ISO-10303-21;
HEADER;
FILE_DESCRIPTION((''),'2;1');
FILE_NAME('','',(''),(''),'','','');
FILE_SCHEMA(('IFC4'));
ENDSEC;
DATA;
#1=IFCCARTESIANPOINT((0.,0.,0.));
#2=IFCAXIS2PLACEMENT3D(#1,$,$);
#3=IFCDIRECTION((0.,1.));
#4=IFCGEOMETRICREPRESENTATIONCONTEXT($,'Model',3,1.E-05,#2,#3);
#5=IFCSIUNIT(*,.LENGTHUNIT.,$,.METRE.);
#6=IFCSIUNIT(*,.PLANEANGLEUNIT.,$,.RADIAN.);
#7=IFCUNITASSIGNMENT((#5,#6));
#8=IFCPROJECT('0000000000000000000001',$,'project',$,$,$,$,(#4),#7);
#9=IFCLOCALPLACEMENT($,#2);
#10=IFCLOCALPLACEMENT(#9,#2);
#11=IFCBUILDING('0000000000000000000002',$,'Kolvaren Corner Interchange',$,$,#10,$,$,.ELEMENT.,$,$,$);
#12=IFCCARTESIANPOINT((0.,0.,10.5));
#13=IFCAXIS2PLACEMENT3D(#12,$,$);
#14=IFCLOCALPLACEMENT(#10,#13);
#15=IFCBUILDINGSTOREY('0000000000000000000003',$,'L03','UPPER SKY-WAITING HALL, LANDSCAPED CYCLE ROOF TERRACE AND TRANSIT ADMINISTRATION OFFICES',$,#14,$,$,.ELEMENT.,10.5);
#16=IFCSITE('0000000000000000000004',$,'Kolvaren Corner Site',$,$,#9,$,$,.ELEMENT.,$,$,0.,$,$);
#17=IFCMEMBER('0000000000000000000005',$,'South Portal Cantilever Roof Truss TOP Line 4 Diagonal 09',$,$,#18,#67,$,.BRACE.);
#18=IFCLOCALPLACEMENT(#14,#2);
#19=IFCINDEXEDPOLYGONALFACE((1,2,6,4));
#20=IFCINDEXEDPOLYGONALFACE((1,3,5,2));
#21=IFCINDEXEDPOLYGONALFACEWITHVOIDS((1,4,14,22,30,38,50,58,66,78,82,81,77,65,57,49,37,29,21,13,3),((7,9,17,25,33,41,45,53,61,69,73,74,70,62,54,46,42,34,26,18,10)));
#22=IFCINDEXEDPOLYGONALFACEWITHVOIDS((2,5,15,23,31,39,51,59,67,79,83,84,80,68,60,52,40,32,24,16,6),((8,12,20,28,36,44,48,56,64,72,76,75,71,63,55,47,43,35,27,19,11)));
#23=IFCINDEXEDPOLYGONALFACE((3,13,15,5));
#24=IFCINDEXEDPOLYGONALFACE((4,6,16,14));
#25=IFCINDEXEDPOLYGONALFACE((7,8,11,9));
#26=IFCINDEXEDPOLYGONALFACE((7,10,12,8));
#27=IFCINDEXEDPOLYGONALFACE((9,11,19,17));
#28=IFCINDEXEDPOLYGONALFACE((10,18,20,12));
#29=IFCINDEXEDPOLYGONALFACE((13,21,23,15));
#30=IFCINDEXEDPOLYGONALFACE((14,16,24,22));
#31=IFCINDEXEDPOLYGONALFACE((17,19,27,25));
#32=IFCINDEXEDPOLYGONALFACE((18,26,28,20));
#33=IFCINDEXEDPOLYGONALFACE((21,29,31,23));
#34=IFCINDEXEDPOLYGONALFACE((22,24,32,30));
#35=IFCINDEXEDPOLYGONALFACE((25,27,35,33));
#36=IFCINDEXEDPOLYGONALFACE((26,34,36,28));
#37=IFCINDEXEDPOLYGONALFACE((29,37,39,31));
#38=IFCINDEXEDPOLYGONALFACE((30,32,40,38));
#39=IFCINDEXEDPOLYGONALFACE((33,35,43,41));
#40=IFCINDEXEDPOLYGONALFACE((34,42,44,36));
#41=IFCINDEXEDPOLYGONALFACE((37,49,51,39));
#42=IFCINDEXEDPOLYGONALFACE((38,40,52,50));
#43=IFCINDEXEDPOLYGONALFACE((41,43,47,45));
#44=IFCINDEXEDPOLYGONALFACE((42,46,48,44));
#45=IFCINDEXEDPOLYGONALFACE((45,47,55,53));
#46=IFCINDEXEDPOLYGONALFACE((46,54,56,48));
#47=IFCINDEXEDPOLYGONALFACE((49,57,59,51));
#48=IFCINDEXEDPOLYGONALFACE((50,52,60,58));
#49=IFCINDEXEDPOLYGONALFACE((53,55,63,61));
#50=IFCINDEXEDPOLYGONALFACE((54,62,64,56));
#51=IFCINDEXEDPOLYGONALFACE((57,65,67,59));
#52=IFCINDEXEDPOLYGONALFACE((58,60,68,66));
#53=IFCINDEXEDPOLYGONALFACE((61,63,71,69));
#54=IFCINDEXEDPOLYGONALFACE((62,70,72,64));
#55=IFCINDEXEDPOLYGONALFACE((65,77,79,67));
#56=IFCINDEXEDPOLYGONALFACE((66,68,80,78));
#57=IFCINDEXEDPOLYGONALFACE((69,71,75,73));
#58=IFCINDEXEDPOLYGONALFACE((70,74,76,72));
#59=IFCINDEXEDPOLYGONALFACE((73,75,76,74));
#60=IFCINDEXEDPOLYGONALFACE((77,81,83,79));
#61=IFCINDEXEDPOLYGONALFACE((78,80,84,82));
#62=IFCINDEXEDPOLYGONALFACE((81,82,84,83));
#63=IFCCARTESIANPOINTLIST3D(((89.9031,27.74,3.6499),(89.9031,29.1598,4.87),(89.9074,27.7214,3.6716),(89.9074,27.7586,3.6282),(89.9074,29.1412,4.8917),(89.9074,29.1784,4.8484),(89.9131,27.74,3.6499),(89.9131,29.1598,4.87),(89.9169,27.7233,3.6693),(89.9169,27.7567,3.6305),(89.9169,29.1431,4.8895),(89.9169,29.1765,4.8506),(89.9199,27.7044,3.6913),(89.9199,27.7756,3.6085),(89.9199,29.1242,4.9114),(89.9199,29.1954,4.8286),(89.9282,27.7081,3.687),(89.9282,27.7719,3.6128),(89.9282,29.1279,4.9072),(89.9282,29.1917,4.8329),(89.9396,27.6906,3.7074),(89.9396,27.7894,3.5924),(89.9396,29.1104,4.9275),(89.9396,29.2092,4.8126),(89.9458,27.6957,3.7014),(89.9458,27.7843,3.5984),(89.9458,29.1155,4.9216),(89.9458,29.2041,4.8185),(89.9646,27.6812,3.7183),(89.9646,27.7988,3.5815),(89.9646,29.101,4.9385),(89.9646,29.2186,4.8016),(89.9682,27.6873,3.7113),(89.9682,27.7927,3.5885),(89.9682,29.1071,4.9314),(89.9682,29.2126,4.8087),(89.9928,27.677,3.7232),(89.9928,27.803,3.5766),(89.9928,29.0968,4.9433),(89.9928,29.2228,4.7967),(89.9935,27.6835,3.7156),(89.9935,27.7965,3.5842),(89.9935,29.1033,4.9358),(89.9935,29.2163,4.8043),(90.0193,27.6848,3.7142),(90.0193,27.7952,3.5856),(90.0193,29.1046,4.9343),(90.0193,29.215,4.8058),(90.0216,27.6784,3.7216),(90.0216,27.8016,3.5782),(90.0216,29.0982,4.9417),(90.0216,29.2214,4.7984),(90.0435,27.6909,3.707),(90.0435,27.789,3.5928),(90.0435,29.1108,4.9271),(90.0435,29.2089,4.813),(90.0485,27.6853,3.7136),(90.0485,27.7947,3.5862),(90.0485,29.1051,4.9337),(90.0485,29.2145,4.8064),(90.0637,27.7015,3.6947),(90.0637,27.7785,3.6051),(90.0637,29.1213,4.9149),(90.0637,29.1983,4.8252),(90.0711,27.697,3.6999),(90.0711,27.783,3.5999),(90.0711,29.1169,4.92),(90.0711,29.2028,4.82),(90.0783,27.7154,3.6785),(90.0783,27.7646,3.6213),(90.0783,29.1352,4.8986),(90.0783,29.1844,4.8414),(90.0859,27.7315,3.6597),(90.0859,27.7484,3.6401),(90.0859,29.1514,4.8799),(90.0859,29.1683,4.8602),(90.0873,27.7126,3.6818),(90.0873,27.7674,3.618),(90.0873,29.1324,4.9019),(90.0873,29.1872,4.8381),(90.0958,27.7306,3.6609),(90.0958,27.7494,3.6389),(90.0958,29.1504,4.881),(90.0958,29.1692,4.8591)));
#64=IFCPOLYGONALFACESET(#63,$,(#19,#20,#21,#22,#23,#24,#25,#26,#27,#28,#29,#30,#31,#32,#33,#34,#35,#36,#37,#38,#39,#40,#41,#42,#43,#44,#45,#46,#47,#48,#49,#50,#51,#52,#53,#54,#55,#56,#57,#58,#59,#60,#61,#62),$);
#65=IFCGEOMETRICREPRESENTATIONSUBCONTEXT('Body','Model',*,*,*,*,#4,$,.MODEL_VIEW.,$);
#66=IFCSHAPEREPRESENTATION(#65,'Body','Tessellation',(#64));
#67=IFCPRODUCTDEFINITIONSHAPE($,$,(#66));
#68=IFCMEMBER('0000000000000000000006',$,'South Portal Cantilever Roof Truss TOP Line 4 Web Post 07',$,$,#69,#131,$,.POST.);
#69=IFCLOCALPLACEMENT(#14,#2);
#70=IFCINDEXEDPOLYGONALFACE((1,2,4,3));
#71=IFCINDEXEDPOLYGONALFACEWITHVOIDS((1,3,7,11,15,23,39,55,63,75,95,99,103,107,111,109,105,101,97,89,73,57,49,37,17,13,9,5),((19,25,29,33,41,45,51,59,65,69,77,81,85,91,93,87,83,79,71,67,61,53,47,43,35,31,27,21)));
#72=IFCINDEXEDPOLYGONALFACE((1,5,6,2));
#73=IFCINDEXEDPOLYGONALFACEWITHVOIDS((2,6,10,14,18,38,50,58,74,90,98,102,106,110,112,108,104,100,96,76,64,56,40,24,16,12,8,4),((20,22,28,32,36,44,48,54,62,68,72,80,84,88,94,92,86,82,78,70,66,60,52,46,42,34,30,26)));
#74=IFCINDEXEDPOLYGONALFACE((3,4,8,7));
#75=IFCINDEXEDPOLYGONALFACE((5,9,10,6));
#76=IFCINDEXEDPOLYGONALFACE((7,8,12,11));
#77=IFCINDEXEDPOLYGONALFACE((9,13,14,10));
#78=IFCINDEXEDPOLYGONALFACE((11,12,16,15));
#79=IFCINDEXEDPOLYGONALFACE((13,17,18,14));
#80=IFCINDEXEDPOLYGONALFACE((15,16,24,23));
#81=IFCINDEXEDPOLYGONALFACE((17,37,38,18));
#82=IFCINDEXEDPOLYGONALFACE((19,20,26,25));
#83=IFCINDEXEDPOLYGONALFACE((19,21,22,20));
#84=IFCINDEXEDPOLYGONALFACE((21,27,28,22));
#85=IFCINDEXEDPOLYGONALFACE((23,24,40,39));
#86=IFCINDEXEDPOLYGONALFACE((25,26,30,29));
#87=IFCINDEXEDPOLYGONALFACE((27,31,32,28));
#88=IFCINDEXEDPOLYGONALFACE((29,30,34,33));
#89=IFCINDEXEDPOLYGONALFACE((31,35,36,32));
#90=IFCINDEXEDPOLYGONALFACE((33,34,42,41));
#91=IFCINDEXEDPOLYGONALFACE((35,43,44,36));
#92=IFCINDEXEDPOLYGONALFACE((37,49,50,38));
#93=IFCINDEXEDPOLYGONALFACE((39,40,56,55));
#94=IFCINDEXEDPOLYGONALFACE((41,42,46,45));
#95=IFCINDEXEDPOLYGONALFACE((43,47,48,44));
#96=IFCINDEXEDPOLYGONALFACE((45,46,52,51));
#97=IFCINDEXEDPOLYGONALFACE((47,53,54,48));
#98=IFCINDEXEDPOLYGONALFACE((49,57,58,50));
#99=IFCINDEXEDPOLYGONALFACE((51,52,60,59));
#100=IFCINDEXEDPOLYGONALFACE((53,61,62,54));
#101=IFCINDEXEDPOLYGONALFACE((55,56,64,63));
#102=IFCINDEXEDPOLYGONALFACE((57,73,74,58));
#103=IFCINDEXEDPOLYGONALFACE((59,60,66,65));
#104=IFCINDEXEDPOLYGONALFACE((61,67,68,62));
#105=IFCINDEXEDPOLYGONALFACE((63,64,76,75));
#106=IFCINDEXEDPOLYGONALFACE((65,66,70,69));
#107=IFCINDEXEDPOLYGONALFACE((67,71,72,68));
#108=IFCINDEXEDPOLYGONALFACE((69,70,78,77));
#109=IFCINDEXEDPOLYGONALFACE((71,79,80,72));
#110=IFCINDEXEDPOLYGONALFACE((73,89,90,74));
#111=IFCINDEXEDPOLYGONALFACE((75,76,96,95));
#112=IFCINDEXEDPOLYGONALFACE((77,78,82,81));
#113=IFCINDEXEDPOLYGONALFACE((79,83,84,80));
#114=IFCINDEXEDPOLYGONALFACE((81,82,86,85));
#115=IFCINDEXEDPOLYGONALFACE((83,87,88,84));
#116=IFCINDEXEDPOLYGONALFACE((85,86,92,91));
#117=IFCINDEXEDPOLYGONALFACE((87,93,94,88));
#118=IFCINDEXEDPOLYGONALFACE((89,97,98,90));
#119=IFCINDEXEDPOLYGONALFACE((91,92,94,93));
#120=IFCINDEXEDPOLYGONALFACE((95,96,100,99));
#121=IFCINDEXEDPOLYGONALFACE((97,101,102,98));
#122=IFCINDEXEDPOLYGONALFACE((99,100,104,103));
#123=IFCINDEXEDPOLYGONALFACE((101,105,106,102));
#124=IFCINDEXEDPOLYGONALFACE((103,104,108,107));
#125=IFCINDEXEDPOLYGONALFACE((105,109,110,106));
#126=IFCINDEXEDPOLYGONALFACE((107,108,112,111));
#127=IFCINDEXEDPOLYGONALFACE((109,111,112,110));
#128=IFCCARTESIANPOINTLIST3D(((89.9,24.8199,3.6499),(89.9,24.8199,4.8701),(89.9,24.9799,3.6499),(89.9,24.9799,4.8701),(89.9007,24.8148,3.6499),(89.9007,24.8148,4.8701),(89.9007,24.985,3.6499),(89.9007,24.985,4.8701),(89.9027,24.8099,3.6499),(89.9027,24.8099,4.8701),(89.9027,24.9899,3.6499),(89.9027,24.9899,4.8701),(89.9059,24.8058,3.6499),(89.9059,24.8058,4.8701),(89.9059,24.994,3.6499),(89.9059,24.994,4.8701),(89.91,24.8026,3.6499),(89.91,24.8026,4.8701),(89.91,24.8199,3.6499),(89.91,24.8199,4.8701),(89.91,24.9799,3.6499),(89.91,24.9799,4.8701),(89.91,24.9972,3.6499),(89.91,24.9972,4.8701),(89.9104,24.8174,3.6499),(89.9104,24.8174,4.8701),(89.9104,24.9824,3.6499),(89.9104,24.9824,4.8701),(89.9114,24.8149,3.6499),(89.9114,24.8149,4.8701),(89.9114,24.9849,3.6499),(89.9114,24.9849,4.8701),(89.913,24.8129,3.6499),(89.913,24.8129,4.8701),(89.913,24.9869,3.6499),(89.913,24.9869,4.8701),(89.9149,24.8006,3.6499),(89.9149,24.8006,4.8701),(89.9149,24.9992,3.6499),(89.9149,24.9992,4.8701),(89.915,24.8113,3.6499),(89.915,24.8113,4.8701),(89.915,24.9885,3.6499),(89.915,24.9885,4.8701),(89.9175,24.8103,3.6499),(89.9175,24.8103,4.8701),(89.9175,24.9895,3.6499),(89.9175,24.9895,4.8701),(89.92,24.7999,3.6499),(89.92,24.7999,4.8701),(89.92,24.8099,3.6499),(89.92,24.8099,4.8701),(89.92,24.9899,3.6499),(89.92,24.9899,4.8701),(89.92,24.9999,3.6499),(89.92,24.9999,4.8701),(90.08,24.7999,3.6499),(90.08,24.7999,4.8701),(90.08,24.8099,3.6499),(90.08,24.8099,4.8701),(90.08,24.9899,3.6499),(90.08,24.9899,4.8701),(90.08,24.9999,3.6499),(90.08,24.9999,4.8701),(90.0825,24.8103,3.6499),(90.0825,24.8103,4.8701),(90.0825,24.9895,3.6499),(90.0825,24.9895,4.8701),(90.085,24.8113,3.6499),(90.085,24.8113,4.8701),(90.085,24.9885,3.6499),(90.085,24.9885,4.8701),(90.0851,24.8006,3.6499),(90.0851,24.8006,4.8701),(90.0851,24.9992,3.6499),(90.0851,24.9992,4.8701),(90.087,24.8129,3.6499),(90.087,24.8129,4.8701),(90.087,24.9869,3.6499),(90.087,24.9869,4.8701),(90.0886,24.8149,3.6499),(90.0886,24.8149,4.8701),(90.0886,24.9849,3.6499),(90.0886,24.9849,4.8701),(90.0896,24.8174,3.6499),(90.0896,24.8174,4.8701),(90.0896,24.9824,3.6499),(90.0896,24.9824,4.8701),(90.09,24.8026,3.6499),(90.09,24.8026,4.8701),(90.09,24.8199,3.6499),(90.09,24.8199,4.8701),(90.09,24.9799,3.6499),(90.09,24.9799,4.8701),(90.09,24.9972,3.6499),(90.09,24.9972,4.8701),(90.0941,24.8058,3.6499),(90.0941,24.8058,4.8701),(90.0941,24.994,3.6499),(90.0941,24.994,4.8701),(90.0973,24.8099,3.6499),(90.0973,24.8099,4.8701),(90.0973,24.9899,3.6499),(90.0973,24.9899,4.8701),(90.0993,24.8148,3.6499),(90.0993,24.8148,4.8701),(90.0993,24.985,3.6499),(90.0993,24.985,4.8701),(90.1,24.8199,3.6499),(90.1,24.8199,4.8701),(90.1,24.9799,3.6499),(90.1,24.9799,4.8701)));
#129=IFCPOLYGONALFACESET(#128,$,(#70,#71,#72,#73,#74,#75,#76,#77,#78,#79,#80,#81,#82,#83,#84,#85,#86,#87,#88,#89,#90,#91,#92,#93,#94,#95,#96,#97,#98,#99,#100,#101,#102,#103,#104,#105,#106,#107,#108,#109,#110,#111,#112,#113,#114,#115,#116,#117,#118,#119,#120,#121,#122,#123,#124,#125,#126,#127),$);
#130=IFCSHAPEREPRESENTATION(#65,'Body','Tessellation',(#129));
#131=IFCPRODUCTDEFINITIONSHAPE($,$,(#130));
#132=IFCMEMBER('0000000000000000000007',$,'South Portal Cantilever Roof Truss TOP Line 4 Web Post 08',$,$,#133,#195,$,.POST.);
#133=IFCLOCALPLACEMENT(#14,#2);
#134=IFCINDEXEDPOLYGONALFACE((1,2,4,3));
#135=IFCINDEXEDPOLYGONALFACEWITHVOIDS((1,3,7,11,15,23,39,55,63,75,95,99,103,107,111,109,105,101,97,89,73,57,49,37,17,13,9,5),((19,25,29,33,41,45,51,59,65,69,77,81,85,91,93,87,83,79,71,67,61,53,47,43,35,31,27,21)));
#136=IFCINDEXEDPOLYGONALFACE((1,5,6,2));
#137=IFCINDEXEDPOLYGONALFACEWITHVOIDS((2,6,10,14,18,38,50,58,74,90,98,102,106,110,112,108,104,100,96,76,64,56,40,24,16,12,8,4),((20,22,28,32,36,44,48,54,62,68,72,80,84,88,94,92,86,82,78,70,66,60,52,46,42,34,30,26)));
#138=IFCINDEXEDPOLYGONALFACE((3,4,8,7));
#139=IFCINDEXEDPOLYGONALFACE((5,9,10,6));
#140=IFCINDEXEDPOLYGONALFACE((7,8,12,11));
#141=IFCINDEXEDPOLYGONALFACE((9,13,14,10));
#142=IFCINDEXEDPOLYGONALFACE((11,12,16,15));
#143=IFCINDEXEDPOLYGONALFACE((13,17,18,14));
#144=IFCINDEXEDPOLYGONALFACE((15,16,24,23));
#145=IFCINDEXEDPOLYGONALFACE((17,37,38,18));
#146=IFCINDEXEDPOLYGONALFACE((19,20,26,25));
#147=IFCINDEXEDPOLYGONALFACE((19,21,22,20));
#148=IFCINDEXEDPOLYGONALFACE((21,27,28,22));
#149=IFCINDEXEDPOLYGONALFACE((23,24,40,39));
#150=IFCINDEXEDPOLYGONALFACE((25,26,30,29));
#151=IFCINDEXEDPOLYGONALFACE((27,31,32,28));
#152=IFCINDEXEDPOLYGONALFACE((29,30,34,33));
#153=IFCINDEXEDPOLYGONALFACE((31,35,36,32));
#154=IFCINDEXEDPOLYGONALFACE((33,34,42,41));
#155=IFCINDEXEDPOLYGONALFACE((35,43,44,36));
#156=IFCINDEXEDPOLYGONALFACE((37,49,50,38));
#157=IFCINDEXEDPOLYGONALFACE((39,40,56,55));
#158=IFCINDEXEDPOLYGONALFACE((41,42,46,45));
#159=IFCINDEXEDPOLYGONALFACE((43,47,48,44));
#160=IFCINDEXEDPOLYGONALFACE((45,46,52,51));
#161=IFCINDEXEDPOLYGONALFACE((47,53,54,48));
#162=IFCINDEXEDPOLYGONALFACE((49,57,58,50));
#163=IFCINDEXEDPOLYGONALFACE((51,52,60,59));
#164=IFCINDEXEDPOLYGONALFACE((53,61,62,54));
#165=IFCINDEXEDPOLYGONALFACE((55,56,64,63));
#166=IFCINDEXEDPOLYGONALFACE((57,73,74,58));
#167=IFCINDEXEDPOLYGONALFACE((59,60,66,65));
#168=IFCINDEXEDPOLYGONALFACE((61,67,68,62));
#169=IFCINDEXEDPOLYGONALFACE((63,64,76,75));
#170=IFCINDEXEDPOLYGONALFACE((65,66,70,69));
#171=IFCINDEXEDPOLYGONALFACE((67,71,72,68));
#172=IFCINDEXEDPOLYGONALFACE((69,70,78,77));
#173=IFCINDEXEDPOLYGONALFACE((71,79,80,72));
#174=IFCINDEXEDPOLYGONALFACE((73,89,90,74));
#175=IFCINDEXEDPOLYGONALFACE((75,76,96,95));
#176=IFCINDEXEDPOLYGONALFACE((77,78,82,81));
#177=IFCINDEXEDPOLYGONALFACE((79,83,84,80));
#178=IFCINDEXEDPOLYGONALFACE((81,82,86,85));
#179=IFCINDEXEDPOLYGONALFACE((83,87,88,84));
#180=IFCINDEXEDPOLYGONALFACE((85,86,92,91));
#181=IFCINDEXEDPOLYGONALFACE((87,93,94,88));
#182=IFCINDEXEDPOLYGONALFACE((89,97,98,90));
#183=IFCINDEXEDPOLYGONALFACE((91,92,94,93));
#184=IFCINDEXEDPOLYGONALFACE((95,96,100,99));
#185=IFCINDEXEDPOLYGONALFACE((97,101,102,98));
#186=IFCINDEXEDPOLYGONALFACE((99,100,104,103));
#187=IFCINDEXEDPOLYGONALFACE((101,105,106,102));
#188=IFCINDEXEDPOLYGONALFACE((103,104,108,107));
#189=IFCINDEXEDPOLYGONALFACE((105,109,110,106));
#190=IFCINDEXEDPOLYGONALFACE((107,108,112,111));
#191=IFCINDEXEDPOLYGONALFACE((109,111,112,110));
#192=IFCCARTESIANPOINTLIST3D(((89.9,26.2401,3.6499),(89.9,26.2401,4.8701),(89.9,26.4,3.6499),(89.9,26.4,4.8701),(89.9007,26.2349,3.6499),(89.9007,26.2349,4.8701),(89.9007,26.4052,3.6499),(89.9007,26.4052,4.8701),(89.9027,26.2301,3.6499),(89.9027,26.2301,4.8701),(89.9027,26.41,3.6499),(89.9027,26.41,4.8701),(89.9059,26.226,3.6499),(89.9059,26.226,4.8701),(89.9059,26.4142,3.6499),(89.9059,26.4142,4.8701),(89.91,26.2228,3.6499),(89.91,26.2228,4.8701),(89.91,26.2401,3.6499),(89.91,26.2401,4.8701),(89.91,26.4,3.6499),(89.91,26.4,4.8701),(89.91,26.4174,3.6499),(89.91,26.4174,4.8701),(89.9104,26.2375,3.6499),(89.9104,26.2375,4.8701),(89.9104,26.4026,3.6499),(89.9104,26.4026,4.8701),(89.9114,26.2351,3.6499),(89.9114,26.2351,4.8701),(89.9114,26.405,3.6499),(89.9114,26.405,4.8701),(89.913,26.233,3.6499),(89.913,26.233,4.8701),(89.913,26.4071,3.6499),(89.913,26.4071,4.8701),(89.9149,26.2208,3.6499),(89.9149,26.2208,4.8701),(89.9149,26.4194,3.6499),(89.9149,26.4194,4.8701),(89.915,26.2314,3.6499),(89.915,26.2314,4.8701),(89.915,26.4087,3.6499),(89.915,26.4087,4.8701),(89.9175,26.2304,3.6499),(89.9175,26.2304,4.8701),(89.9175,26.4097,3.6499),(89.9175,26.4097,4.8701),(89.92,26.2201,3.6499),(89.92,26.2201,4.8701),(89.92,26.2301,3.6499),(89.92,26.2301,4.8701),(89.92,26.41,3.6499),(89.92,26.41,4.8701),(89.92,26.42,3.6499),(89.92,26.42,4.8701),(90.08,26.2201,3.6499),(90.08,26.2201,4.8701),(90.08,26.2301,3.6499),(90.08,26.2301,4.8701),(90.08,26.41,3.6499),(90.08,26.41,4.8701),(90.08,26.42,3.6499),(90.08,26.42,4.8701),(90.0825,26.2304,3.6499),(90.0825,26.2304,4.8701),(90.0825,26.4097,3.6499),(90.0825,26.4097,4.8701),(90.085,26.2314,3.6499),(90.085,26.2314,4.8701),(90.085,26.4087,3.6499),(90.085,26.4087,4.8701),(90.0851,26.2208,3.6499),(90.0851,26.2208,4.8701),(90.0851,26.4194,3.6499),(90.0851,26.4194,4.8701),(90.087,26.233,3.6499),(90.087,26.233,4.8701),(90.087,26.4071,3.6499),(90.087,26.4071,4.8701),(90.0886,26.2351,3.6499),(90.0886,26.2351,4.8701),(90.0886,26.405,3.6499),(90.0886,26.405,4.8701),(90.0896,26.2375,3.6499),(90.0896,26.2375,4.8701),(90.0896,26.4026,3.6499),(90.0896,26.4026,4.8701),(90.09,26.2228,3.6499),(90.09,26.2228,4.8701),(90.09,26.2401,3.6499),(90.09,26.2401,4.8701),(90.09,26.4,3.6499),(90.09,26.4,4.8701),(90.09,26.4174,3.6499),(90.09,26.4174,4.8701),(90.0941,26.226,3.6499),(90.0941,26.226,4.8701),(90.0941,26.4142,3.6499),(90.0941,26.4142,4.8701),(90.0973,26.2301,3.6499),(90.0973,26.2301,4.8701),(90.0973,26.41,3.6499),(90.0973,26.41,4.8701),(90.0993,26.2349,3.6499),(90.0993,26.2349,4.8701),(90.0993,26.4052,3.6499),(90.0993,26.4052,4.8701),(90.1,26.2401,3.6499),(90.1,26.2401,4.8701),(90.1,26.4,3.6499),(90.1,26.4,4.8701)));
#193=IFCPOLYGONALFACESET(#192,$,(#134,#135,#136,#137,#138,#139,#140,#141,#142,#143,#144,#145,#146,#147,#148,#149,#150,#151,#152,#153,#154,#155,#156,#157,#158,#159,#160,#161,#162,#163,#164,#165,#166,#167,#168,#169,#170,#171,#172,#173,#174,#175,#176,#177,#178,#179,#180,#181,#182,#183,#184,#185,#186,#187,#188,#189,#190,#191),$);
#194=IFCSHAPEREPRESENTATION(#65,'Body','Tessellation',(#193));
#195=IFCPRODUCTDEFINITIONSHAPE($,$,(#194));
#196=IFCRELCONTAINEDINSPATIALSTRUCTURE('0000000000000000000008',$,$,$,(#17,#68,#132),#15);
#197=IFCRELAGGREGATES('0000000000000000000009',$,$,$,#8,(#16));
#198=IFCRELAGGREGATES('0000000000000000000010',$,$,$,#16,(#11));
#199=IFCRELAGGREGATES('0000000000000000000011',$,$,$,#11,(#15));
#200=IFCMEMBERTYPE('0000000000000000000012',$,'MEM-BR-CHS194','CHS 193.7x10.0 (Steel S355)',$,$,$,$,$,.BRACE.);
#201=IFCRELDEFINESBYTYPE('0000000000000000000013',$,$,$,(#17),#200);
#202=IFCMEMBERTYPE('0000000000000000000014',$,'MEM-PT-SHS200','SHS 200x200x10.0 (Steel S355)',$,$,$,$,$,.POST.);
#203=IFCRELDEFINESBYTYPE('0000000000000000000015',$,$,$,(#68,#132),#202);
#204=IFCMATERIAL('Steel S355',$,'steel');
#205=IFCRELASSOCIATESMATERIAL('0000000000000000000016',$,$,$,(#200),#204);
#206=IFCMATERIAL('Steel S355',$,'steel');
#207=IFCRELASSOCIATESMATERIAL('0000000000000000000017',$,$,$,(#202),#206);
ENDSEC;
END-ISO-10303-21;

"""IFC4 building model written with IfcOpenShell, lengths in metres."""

from ifc_helpers import new_model, si_unit, direction, frame, origin, origin_2d, place, context, subcontext, project, spatial, hollow_rectangle, hollow_circle, extrude, material, material_profile, profile_set, type_object, element, save


model = new_model("IFC4")

# Units and contexts
model_context = context("Model", 3, precision=1e-05, world=origin(), true_north=direction((0.0, 1.0)))
body_context = subcontext(model_context, "Body", "Model", "MODEL_VIEW")
ifc_project = project(units=[si_unit("LENGTHUNIT", "METRE"), si_unit("PLANEANGLEUNIT", "RADIAN")], contexts=[model_context])

# Site, building, storey
site_placement = place(None, origin())
site = spatial("IfcSite", under=ifc_project, at=site_placement, Name="Kolvaren Corner Site", CompositionType="ELEMENT", RefElevation=0.0)
building_placement = place(site_placement, origin())
building = spatial("IfcBuilding", under=site, at=building_placement, Name="Kolvaren Corner Interchange", CompositionType="ELEMENT")
storey_placement = place(building_placement, frame((0.0, 0.0, 10.5)))
storey = spatial("IfcBuildingStorey", under=building, at=storey_placement, Name="L03", Description="UPPER SKY-WAITING HALL, LANDSCAPED CYCLE ROOF TERRACE AND TRANSIT ADMINISTRATION OFFICES", CompositionType="ELEMENT", Elevation=10.5)

# Members
ifc_material_1 = material(Name="Steel S355", Category="steel")
ifc_material_profile_1 = material_profile(ifc_material_1, hollow_circle(Radius=0.0969, WallThickness=0.01, at=origin_2d()), Name="CHS 193.7x10.0")
ifc_profile_set_1 = profile_set([ifc_material_profile_1], Name="Steel S355")
member_type_1 = type_object("IfcMemberType", Name="MEM-BR-CHS194", Description="CHS 193.7x10.0 (Steel S355)", PredefinedType="BRACE", material=ifc_profile_set_1)
member_1_placement = place(storey_placement, frame((90.0, 27.74, 3.6499), z_axis=(0.0, 0.758428, 0.651757), x_axis=(-1.0, 0.0, 0.0)))
element("IfcMember", 1, at=member_1_placement, inside=storey, type_object=member_type_1, Name="South Portal Cantilever Roof Truss TOP Line 4 Diagonal 09", PredefinedType="BRACE", context=body_context, shape_type="SweptSolid", body=[
    extrude(hollow_circle(Radius=0.0969, WallThickness=0.01, at=origin_2d()), origin(), (0.0, 0.0, 1.0), 1.8721),
])
ifc_material_2 = material(Name="Steel S355", Category="steel")
ifc_material_profile_2 = material_profile(ifc_material_2, hollow_rectangle(XDim=0.2, YDim=0.2, WallThickness=0.01, InnerFilletRadius=0.01, OuterFilletRadius=0.02, at=origin_2d()), Name="SHS 200x200x10.0")
ifc_profile_set_2 = profile_set([ifc_material_profile_2], Name="Steel S355")
member_type_2 = type_object("IfcMemberType", Name="MEM-PT-SHS200", Description="SHS 200x200x10.0 (Steel S355)", PredefinedType="POST", material=ifc_profile_set_2)
for number, where, z_axis, x_axis, name in (
    (2, (90.0, 24.8999, 3.6499), (0.0, 0.0, 1.0), (1.0, 0.0, 0.0), "South Portal Cantilever Roof Truss TOP Line 4 Web Post 07"),
    (3, (90.0, 26.3201, 3.6499), (0.0, 0.0, 1.0), (1.0, 0.0, 0.0), "South Portal Cantilever Roof Truss TOP Line 4 Web Post 08"),
):
    element("IfcMember", number, at=place(storey_placement, frame(where, z_axis=z_axis, x_axis=x_axis)), inside=storey, type_object=member_type_2, Name=name, PredefinedType="POST", context=body_context, shape_type="SweptSolid", body=[
        extrude(hollow_rectangle(XDim=0.2, YDim=0.2, WallThickness=0.01, InnerFilletRadius=0.01, OuterFilletRadius=0.02, at=origin_2d()), origin(), (0.0, 0.0, 1.0), 1.2202),
    ])

save(model, "model.ifc")
